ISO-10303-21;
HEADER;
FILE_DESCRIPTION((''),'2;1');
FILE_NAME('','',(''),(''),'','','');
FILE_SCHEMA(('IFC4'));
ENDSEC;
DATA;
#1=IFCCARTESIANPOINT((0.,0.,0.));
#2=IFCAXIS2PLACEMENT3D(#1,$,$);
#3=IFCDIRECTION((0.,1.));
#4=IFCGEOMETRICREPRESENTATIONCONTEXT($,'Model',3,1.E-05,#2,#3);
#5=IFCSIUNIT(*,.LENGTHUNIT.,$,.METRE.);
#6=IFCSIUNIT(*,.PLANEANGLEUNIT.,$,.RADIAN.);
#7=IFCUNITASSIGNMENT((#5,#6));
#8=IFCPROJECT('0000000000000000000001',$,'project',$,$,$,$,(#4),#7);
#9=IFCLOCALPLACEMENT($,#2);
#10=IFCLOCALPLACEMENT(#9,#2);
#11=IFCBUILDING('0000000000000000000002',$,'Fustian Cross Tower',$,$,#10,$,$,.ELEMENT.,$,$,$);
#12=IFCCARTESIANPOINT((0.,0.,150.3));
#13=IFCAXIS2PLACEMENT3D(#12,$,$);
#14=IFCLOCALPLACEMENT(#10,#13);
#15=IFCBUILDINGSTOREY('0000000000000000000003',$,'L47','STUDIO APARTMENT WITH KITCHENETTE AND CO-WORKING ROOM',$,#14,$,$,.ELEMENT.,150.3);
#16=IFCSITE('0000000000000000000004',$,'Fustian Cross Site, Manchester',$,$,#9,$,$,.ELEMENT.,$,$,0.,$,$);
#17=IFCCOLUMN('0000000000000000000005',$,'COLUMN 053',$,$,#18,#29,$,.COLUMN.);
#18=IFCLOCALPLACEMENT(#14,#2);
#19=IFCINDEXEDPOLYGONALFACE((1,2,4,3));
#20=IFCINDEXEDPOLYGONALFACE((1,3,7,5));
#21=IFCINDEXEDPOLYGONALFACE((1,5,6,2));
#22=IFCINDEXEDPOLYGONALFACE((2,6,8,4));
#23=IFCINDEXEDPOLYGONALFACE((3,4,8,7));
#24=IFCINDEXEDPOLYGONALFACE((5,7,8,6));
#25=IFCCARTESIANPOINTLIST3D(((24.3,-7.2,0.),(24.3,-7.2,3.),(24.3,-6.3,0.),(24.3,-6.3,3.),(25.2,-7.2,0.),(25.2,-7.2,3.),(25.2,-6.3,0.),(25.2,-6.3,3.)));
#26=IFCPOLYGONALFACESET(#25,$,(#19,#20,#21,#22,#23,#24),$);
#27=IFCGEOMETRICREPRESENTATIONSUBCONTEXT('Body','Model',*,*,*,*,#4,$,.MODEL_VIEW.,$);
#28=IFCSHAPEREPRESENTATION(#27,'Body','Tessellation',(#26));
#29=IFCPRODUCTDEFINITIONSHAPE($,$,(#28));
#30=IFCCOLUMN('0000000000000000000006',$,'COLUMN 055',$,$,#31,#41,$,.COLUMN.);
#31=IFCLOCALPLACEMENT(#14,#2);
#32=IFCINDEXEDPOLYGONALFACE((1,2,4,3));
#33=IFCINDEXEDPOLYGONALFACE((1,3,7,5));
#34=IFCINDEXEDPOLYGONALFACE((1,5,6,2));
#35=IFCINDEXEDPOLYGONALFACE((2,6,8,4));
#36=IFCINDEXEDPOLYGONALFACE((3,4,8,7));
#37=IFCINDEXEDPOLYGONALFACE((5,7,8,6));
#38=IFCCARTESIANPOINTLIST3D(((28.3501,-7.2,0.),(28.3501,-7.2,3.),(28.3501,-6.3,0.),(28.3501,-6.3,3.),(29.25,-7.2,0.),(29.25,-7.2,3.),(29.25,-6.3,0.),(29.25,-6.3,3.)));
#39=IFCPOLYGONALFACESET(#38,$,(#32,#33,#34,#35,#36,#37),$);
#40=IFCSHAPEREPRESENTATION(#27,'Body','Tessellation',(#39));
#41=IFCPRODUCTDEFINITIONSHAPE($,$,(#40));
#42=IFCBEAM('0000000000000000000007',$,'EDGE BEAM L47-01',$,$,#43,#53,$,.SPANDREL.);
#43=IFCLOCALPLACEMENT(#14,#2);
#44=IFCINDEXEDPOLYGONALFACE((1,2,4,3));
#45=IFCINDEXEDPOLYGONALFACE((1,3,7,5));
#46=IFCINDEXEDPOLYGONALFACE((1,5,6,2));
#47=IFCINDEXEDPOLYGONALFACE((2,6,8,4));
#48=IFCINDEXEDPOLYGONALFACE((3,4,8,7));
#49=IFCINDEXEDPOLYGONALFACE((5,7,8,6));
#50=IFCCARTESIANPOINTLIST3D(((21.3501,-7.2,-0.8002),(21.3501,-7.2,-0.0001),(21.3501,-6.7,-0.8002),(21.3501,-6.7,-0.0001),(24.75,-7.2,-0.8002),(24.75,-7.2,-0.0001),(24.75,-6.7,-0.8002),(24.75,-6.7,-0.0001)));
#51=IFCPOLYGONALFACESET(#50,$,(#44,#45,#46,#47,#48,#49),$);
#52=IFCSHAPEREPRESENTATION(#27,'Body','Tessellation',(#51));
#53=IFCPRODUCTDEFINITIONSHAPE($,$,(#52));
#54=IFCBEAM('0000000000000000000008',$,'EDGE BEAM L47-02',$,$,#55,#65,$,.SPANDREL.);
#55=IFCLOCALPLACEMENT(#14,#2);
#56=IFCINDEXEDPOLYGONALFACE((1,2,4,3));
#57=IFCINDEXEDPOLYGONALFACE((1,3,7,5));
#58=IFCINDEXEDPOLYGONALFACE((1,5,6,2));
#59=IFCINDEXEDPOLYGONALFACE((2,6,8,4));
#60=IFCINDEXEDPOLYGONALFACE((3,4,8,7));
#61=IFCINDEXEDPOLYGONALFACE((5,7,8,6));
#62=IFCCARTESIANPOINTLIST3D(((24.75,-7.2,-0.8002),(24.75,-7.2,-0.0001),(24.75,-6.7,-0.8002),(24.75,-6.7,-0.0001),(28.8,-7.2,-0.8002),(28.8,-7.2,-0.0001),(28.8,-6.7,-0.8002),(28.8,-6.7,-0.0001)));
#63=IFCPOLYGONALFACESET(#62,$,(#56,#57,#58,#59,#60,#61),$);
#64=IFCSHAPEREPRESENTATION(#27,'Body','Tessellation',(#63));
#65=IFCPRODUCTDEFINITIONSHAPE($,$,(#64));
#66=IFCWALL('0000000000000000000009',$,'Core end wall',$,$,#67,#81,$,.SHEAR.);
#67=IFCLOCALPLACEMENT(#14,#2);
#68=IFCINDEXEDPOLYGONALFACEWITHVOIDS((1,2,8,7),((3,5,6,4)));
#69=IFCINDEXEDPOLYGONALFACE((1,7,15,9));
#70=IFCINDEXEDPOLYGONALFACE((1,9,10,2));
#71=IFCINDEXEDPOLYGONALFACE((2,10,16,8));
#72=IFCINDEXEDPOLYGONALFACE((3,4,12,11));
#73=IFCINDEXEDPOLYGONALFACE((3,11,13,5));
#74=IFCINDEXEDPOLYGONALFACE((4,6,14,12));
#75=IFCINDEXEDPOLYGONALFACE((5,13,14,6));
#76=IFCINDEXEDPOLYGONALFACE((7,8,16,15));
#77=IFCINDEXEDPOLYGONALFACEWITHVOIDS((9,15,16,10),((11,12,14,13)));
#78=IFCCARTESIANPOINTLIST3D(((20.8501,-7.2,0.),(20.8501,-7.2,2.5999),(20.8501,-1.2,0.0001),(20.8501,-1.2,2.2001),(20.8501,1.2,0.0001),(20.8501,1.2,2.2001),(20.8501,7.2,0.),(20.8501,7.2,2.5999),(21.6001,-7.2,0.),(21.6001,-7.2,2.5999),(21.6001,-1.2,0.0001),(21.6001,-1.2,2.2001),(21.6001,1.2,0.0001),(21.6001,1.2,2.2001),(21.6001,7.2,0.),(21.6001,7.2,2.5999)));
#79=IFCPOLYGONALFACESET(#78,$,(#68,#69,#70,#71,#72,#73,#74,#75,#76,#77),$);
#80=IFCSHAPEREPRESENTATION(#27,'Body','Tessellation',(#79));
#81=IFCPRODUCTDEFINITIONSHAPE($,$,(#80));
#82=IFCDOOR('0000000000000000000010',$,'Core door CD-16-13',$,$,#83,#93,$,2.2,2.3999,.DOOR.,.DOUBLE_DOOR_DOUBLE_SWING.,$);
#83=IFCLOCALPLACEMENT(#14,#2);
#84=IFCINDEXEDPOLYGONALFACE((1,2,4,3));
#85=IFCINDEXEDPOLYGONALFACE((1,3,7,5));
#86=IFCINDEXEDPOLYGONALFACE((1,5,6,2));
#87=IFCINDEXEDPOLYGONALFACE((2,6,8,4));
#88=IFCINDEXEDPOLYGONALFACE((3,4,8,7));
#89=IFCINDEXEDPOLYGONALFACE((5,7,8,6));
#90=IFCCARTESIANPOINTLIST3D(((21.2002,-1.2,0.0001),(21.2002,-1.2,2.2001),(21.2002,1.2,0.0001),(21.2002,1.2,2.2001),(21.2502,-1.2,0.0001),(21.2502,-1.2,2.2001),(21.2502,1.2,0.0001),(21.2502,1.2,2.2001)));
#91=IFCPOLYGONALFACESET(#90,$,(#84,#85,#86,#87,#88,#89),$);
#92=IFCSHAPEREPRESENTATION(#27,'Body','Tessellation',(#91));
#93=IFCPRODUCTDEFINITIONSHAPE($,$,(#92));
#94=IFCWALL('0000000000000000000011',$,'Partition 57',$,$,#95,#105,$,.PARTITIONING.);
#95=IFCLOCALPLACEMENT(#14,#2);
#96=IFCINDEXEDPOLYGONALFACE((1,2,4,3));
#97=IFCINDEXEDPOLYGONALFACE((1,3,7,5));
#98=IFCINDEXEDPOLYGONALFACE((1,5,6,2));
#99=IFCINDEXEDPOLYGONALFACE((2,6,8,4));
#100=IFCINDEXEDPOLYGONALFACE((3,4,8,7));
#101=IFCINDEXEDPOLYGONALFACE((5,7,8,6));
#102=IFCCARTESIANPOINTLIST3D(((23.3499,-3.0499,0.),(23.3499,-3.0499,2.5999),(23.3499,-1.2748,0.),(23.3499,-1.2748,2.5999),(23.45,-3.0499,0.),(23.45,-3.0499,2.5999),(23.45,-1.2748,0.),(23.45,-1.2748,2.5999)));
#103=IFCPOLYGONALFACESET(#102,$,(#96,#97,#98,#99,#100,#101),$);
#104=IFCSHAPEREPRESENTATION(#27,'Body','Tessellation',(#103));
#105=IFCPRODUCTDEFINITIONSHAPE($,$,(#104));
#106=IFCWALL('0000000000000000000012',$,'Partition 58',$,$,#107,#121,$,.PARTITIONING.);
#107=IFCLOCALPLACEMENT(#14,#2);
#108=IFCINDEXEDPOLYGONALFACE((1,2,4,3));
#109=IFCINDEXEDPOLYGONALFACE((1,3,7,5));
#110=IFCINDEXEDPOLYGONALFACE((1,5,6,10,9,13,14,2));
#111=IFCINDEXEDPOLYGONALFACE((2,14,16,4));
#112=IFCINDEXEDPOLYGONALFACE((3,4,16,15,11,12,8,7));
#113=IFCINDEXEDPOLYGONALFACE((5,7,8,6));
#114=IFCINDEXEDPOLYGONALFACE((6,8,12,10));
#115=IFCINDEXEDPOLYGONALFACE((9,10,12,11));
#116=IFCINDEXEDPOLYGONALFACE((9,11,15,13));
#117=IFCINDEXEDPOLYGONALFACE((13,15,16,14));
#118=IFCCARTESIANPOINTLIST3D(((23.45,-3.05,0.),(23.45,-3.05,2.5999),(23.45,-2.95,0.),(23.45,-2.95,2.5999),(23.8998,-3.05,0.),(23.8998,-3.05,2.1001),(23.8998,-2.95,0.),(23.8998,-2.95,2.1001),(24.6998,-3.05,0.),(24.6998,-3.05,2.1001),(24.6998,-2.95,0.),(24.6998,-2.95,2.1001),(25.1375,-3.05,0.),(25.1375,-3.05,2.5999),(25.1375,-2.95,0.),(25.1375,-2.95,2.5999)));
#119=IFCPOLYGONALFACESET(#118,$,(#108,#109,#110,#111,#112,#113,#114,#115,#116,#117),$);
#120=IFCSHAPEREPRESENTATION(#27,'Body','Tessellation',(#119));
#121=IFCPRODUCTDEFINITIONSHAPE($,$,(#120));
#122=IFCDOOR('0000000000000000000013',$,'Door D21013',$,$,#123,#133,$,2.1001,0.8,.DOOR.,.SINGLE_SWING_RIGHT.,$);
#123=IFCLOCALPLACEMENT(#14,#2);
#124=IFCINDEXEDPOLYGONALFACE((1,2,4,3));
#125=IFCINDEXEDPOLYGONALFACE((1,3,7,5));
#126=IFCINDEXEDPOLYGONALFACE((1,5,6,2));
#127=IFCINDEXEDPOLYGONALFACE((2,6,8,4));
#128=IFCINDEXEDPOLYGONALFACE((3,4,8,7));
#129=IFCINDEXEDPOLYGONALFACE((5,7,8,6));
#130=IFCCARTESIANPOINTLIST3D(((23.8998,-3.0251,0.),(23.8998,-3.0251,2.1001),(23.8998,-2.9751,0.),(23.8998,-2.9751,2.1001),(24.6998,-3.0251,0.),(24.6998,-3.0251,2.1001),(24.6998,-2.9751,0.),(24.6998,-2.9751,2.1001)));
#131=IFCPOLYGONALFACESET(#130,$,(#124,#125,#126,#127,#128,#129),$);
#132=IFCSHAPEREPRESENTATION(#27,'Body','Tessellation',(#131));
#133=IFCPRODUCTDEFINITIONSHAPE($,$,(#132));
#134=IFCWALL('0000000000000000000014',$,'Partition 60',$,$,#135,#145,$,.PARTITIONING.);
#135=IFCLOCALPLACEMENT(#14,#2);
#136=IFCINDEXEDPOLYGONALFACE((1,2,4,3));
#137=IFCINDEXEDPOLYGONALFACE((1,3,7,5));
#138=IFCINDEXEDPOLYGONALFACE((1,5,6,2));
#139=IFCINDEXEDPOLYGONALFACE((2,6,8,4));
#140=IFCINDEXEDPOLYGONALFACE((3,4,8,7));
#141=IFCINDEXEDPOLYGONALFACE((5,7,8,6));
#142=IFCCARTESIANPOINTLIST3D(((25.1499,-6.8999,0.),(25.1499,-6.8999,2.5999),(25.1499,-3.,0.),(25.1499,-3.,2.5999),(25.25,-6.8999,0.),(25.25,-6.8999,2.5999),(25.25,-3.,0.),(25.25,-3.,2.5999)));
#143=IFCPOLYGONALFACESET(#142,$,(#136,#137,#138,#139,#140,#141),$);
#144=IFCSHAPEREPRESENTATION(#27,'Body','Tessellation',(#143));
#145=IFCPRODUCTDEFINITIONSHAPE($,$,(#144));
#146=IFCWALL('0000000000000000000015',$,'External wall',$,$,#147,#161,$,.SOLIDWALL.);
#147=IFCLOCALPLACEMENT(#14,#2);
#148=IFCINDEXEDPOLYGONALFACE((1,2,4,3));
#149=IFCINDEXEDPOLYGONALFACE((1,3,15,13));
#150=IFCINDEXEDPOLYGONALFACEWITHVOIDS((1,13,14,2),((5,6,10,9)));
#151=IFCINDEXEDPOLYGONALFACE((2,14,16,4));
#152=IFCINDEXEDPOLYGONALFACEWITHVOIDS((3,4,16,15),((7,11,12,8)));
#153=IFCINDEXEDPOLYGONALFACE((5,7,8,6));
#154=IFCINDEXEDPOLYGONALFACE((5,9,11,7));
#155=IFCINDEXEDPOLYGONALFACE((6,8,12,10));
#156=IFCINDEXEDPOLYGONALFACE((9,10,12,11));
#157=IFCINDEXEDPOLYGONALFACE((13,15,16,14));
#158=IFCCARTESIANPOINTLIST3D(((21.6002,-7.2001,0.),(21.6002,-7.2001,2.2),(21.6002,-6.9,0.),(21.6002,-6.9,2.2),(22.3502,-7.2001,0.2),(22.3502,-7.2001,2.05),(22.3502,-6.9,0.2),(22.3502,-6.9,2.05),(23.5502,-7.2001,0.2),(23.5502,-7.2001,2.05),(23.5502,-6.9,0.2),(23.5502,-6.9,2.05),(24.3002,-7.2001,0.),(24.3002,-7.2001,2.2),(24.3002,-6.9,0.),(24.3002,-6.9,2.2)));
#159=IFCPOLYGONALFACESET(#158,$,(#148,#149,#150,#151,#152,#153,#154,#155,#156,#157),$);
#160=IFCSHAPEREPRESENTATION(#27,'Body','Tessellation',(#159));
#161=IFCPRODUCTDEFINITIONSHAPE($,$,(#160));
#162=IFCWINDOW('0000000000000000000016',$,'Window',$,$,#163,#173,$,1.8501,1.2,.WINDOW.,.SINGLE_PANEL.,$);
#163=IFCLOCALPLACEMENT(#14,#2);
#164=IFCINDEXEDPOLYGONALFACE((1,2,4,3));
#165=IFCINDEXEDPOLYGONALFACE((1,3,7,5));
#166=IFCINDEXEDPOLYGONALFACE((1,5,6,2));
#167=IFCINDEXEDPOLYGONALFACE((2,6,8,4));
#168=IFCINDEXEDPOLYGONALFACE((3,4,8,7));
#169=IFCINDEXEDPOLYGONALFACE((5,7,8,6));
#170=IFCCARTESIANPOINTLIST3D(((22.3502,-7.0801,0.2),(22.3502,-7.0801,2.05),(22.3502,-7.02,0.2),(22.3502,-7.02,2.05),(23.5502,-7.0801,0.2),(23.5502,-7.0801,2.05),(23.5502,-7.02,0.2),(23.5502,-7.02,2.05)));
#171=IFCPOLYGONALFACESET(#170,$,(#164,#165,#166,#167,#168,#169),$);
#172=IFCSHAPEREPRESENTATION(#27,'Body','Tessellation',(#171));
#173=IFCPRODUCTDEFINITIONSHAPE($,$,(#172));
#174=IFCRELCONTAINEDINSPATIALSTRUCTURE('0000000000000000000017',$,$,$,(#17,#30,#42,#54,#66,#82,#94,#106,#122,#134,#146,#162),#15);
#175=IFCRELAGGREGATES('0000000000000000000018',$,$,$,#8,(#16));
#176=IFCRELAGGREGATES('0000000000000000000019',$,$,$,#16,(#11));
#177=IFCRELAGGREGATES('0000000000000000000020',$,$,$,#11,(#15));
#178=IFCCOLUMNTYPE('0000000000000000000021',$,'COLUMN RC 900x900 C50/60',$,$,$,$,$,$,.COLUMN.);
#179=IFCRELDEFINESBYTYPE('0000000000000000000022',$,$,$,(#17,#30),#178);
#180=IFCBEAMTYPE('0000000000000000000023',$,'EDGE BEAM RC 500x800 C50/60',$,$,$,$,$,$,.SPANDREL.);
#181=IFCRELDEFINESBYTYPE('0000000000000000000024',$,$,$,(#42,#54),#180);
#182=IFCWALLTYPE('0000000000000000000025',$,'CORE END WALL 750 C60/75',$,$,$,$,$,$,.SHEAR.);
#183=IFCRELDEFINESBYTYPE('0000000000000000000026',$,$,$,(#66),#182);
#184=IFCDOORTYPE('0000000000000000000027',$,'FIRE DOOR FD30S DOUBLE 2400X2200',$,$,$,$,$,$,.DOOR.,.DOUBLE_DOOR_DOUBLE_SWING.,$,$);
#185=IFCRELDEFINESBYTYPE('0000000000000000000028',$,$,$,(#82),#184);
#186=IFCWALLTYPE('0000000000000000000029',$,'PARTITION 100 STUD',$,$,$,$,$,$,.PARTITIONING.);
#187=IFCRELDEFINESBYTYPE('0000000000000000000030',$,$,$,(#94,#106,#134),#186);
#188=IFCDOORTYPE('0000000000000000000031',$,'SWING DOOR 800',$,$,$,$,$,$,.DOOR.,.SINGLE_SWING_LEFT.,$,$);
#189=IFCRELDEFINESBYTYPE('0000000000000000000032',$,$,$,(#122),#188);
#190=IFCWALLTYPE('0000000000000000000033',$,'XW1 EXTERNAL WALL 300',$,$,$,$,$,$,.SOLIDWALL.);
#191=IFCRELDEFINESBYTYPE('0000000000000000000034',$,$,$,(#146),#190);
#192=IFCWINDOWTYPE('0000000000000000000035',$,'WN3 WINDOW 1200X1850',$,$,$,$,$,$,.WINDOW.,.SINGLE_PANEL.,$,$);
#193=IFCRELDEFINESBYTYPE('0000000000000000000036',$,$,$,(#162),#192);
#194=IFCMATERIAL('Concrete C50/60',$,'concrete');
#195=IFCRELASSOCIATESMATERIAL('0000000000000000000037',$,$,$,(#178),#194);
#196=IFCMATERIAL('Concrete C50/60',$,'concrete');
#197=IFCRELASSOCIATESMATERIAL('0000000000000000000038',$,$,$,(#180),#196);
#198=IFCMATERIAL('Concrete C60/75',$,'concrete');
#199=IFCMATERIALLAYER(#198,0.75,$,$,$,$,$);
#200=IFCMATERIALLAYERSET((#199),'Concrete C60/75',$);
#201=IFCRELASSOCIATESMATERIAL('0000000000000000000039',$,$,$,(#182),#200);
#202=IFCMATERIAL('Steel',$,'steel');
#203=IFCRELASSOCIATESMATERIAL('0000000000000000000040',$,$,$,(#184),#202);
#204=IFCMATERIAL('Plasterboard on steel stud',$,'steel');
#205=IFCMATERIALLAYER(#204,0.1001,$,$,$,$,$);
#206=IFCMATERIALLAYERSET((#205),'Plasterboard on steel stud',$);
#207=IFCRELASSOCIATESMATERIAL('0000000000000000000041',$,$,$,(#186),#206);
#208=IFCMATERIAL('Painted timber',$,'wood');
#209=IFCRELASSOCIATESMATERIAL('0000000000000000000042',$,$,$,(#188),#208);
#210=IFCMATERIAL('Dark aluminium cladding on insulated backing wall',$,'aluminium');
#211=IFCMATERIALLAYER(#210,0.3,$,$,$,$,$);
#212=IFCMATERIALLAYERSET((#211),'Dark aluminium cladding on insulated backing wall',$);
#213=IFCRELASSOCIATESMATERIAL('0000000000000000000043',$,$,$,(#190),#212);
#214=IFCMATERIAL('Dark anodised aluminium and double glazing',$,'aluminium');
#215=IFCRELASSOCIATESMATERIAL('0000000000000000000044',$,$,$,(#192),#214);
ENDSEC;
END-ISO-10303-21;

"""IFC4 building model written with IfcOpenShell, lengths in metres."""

from ifc_helpers import new_model, si_unit, direction, frame, frame_2d, origin, origin_2d, place, context, subcontext, project, spatial, rectangle, extrude, material, layer, layer_set, material_profile, profile_set, type_object, element, fill, save


model = new_model("IFC4")

# Units and contexts
model_context = context("Model", 3, precision=1e-05, world=origin(), true_north=direction((0.0, 1.0)))
body_context = subcontext(model_context, "Body", "Model", "MODEL_VIEW")
ifc_project = project(units=[si_unit("LENGTHUNIT", "METRE"), si_unit("PLANEANGLEUNIT", "RADIAN")], contexts=[model_context])

# Site, building, storey
site_placement = place(None, origin())
site = spatial("IfcSite", under=ifc_project, at=site_placement, Name="Fustian Cross Site, Manchester", CompositionType="ELEMENT", RefElevation=0.0)
building_placement = place(site_placement, origin())
building = spatial("IfcBuilding", under=site, at=building_placement, Name="Fustian Cross Tower", CompositionType="ELEMENT")
storey_placement = place(building_placement, frame((0.0, 0.0, 150.3)))
storey = spatial("IfcBuildingStorey", under=building, at=storey_placement, Name="L47", Description="STUDIO APARTMENT WITH KITCHENETTE AND CO-WORKING ROOM", CompositionType="ELEMENT", Elevation=150.3)

# Columns
ifc_material_1 = material(Name="Concrete C50/60", Category="concrete")
ifc_material_profile_1 = material_profile(ifc_material_1, rectangle(XDim=0.8999, YDim=0.8999, at=origin_2d()), Name="RC 900x900")
ifc_profile_set_1 = profile_set([ifc_material_profile_1], Name="Concrete C50/60")
column_type = type_object("IfcColumnType", Name="COLUMN RC 900x900 C50/60", PredefinedType="COLUMN", material=ifc_profile_set_1)
for number, where, z_axis, x_axis, name in (
    (1, (24.75, -6.75, 0.0), (0.0, 0.0, 1.0), (1.0, 0.0, 0.0), "COLUMN 053"),
    (2, (28.8, -6.75, 0.0), (0.0, 0.0, 1.0), (1.0, 0.0, 0.0), "COLUMN 055"),
):
    element("IfcColumn", number, at=place(storey_placement, frame(where, z_axis=z_axis, x_axis=x_axis)), inside=storey, type_object=column_type, Name=name, PredefinedType="COLUMN", context=body_context, shape_type="SweptSolid", body=[
        extrude(rectangle(XDim=0.8999, YDim=0.8999, at=origin_2d()), origin(), (0.0, 0.0, 1.0), 3.0),
    ])

# Beams
ifc_material_2 = material(Name="Concrete C50/60", Category="concrete")
ifc_material_profile_2 = material_profile(ifc_material_2, rectangle(XDim=0.5, YDim=0.8, at=origin_2d()), Name="RC 500x800")
ifc_profile_set_2 = profile_set([ifc_material_profile_2], Name="Concrete C50/60")
beam_type = type_object("IfcBeamType", Name="EDGE BEAM RC 500x800 C50/60", PredefinedType="SPANDREL", material=ifc_profile_set_2)
beam_1_placement = place(storey_placement, frame((21.3501, -6.95, -0.4001), z_axis=(1.0, 0.0, 0.0), x_axis=(0.0, 1.0, 0.0)))
element("IfcBeam", 3, at=beam_1_placement, inside=storey, type_object=beam_type, Name="EDGE BEAM L47-01", PredefinedType="SPANDREL", context=body_context, shape_type="SweptSolid", body=[
    extrude(rectangle(XDim=0.5, YDim=0.8, at=origin_2d()), origin(), (0.0, 0.0, 1.0), 3.3999),
])
beam_2_placement = place(storey_placement, frame((24.75, -6.95, -0.4001), z_axis=(1.0, 0.0, 0.0), x_axis=(0.0, 1.0, 0.0)))
element("IfcBeam", 4, at=beam_2_placement, inside=storey, type_object=beam_type, Name="EDGE BEAM L47-02", PredefinedType="SPANDREL", context=body_context, shape_type="SweptSolid", body=[
    extrude(rectangle(XDim=0.5, YDim=0.8, at=origin_2d()), origin(), (0.0, 0.0, 1.0), 4.05),
])

# Wall, opening, door
ifc_material_3 = material(Name="Concrete C60/75", Category="concrete")
ifc_layer_1 = layer(ifc_material_3, 0.75)
ifc_layer_set_1 = layer_set([ifc_layer_1], Name="Concrete C60/75")
wall_type_1 = type_object("IfcWallType", Name="CORE END WALL 750 C60/75", PredefinedType="SHEAR", material=ifc_layer_set_1)
wall_1_placement = place(storey_placement, frame((21.2251, -7.2, 0.0), z_axis=(0.0, 0.0, 1.0), x_axis=(0.0, 1.0, 0.0)))
wall_1 = element("IfcWall", 5, at=wall_1_placement, inside=storey, type_object=wall_type_1, Name="Core end wall", PredefinedType="SHEAR", context=body_context, shape_type="SweptSolid", body=[
    extrude(rectangle(XDim=14.3999, YDim=0.75, at=frame_2d((7.2, 0.0))), origin(), (0.0, 0.0, 1.0), 2.5999),
])
opening_1_placement = place(wall_1_placement, frame((6.0, 0.0, 0.0)))
opening_1 = element("IfcOpeningElement", 6, at=opening_1_placement, cuts=wall_1, PredefinedType="OPENING", context=body_context, shape_type="SweptSolid", body=[
    extrude(rectangle(XDim=2.3999, YDim=2.2, at=frame_2d((1.2, 1.1001))), frame((0.0, 0.385, 0.0), z_axis=(0.0, -1.0, 0.0), x_axis=(1.0, 0.0, 0.0)), (0.0, 0.0, 1.0), 0.77),
])
ifc_material_4 = material(Name="Steel", Category="steel")
door_type_1 = type_object("IfcDoorType", Name="FIRE DOOR FD30S DOUBLE 2400X2200", OperationType="DOUBLE_DOOR_DOUBLE_SWING", PredefinedType="DOOR", material=ifc_material_4)
door_1_placement = place(opening_1_placement, origin())
door_1 = element("IfcDoor", 7, at=door_1_placement, inside=storey, type_object=door_type_1, Name="Core door CD-16-13", OperationType="DOUBLE_DOOR_DOUBLE_SWING", OverallHeight=2.2, OverallWidth=2.3999, PredefinedType="DOOR", context=body_context, shape_type="SweptSolid", body=[
    extrude(rectangle(XDim=2.3999, YDim=2.2, at=frame_2d((1.2, 1.1001))), frame((0.0, 0.0249, 0.0), z_axis=(0.0, -1.0, 0.0), x_axis=(1.0, 0.0, 0.0)), (0.0, 0.0, 1.0), 0.05),
])
fill(opening_1, door_1)

# Wall
ifc_material_5 = material(Name="Plasterboard on steel stud", Category="steel")
ifc_layer_2 = layer(ifc_material_5, 0.1001)
ifc_layer_set_2 = layer_set([ifc_layer_2], Name="Plasterboard on steel stud")
wall_type_2 = type_object("IfcWallType", Name="PARTITION 100 STUD", PredefinedType="PARTITIONING", material=ifc_layer_set_2)
wall_2_placement = place(storey_placement, frame((23.3999, -3.05, 0.0), z_axis=(0.0, 0.0, 1.0), x_axis=(0.0, 1.0, 0.0)))
element("IfcWall", 8, at=wall_2_placement, inside=storey, type_object=wall_type_2, Name="Partition 57", PredefinedType="PARTITIONING", context=body_context, shape_type="SweptSolid", body=[
    extrude(rectangle(XDim=1.7751, YDim=0.1001, at=frame_2d((0.8877, 0.0))), origin(), (0.0, 0.0, 1.0), 2.5999),
])

# Wall, opening, door
wall_3_placement = place(storey_placement, frame((23.45, -3.0, 0.0), z_axis=(0.0, 0.0, 1.0), x_axis=(1.0, 0.0, 0.0)))
wall_3 = element("IfcWall", 9, at=wall_3_placement, inside=storey, type_object=wall_type_2, Name="Partition 58", PredefinedType="PARTITIONING", context=body_context, shape_type="SweptSolid", body=[
    extrude(rectangle(XDim=1.6875, YDim=0.1001, at=frame_2d((0.8438, 0.0))), origin(), (0.0, 0.0, 1.0), 2.5999),
])
opening_2_placement = place(wall_3_placement, frame((0.45, 0.0, 0.0)))
opening_2 = element("IfcOpeningElement", 10, at=opening_2_placement, cuts=wall_3, PredefinedType="OPENING", context=body_context, shape_type="SweptSolid", body=[
    extrude(rectangle(XDim=0.8, YDim=2.1001, at=frame_2d((0.3999, 1.05))), frame((0.0, 0.0601, 0.0), z_axis=(0.0, -1.0, 0.0), x_axis=(1.0, 0.0, 0.0)), (0.0, 0.0, 1.0), 0.1201),
])
ifc_material_6 = material(Name="Painted timber", Category="wood")
door_type_2 = type_object("IfcDoorType", Name="SWING DOOR 800", OperationType="SINGLE_SWING_LEFT", PredefinedType="DOOR", material=ifc_material_6)
door_2_placement = place(opening_2_placement, origin())
door_2 = element("IfcDoor", 11, at=door_2_placement, inside=storey, type_object=door_type_2, Name="Door D21013", OperationType="SINGLE_SWING_RIGHT", OverallHeight=2.1001, OverallWidth=0.8, PredefinedType="DOOR", context=body_context, shape_type="SweptSolid", body=[
    extrude(rectangle(XDim=0.8, YDim=2.1001, at=frame_2d((0.3999, 1.05))), frame((0.0, 0.0249, 0.0), z_axis=(0.0, -1.0, 0.0), x_axis=(1.0, 0.0, 0.0)), (0.0, 0.0, 1.0), 0.05),
])
fill(opening_2, door_2)

# Wall
wall_4_placement = place(storey_placement, frame((25.2, -6.8999, 0.0), z_axis=(0.0, 0.0, 1.0), x_axis=(0.0, 1.0, 0.0)))
element("IfcWall", 12, at=wall_4_placement, inside=storey, type_object=wall_type_2, Name="Partition 60", PredefinedType="PARTITIONING", context=body_context, shape_type="SweptSolid", body=[
    extrude(rectangle(XDim=3.8999, YDim=0.1001, at=frame_2d((1.95, 0.0))), origin(), (0.0, 0.0, 1.0), 2.5999),
])

# Wall, opening, window
ifc_material_7 = material(Name="Dark aluminium cladding on insulated backing wall", Category="aluminium")
ifc_layer_3 = layer(ifc_material_7, 0.3)
ifc_layer_set_3 = layer_set([ifc_layer_3], Name="Dark aluminium cladding on insulated backing wall")
wall_type_3 = type_object("IfcWallType", Name="XW1 EXTERNAL WALL 300", PredefinedType="SOLIDWALL", material=ifc_layer_set_3)
wall_5_placement = place(storey_placement, frame((21.6001, -7.05, 0.0), z_axis=(0.0, 0.0, 1.0), x_axis=(1.0, 0.0, 0.0)))
wall_5 = element("IfcWall", 13, at=wall_5_placement, inside=storey, type_object=wall_type_3, Name="External wall", PredefinedType="SOLIDWALL", context=body_context, shape_type="SweptSolid", body=[
    extrude(rectangle(XDim=2.7, YDim=0.3, at=frame_2d((1.3501, 0.0))), origin(), (0.0, 0.0, 1.0), 2.2),
])
opening_3_placement = place(wall_5_placement, frame((0.75, 0.0, 0.2)))
opening_3 = element("IfcOpeningElement", 14, at=opening_3_placement, cuts=wall_5, PredefinedType="OPENING", context=body_context, shape_type="SweptSolid", body=[
    extrude(rectangle(XDim=1.2, YDim=1.8501, at=frame_2d((0.6001, 0.925))), frame((0.0, 0.1599, 0.0), z_axis=(0.0, -1.0, 0.0), x_axis=(1.0, 0.0, 0.0)), (0.0, 0.0, 1.0), 0.3201),
])
ifc_material_8 = material(Name="Dark anodised aluminium and double glazing", Category="aluminium")
window_type = type_object("IfcWindowType", Name="WN3 WINDOW 1200X1850", PartitioningType="SINGLE_PANEL", PredefinedType="WINDOW", material=ifc_material_8)
window_placement = place(opening_3_placement, origin())
window = element("IfcWindow", 15, at=window_placement, inside=storey, type_object=window_type, Name="Window", OverallHeight=1.8501, OverallWidth=1.2, PartitioningType="SINGLE_PANEL", PredefinedType="WINDOW", context=body_context, shape_type="SweptSolid", body=[
    extrude(rectangle(XDim=1.2, YDim=1.8501, at=frame_2d((0.6001, 0.925))), frame((0.0, 0.03, 0.0), z_axis=(0.0, -1.0, 0.0), x_axis=(1.0, 0.0, 0.0)), (0.0, 0.0, 1.0), 0.0601),
])
fill(opening_3, window)

save(model, "model.ifc")
